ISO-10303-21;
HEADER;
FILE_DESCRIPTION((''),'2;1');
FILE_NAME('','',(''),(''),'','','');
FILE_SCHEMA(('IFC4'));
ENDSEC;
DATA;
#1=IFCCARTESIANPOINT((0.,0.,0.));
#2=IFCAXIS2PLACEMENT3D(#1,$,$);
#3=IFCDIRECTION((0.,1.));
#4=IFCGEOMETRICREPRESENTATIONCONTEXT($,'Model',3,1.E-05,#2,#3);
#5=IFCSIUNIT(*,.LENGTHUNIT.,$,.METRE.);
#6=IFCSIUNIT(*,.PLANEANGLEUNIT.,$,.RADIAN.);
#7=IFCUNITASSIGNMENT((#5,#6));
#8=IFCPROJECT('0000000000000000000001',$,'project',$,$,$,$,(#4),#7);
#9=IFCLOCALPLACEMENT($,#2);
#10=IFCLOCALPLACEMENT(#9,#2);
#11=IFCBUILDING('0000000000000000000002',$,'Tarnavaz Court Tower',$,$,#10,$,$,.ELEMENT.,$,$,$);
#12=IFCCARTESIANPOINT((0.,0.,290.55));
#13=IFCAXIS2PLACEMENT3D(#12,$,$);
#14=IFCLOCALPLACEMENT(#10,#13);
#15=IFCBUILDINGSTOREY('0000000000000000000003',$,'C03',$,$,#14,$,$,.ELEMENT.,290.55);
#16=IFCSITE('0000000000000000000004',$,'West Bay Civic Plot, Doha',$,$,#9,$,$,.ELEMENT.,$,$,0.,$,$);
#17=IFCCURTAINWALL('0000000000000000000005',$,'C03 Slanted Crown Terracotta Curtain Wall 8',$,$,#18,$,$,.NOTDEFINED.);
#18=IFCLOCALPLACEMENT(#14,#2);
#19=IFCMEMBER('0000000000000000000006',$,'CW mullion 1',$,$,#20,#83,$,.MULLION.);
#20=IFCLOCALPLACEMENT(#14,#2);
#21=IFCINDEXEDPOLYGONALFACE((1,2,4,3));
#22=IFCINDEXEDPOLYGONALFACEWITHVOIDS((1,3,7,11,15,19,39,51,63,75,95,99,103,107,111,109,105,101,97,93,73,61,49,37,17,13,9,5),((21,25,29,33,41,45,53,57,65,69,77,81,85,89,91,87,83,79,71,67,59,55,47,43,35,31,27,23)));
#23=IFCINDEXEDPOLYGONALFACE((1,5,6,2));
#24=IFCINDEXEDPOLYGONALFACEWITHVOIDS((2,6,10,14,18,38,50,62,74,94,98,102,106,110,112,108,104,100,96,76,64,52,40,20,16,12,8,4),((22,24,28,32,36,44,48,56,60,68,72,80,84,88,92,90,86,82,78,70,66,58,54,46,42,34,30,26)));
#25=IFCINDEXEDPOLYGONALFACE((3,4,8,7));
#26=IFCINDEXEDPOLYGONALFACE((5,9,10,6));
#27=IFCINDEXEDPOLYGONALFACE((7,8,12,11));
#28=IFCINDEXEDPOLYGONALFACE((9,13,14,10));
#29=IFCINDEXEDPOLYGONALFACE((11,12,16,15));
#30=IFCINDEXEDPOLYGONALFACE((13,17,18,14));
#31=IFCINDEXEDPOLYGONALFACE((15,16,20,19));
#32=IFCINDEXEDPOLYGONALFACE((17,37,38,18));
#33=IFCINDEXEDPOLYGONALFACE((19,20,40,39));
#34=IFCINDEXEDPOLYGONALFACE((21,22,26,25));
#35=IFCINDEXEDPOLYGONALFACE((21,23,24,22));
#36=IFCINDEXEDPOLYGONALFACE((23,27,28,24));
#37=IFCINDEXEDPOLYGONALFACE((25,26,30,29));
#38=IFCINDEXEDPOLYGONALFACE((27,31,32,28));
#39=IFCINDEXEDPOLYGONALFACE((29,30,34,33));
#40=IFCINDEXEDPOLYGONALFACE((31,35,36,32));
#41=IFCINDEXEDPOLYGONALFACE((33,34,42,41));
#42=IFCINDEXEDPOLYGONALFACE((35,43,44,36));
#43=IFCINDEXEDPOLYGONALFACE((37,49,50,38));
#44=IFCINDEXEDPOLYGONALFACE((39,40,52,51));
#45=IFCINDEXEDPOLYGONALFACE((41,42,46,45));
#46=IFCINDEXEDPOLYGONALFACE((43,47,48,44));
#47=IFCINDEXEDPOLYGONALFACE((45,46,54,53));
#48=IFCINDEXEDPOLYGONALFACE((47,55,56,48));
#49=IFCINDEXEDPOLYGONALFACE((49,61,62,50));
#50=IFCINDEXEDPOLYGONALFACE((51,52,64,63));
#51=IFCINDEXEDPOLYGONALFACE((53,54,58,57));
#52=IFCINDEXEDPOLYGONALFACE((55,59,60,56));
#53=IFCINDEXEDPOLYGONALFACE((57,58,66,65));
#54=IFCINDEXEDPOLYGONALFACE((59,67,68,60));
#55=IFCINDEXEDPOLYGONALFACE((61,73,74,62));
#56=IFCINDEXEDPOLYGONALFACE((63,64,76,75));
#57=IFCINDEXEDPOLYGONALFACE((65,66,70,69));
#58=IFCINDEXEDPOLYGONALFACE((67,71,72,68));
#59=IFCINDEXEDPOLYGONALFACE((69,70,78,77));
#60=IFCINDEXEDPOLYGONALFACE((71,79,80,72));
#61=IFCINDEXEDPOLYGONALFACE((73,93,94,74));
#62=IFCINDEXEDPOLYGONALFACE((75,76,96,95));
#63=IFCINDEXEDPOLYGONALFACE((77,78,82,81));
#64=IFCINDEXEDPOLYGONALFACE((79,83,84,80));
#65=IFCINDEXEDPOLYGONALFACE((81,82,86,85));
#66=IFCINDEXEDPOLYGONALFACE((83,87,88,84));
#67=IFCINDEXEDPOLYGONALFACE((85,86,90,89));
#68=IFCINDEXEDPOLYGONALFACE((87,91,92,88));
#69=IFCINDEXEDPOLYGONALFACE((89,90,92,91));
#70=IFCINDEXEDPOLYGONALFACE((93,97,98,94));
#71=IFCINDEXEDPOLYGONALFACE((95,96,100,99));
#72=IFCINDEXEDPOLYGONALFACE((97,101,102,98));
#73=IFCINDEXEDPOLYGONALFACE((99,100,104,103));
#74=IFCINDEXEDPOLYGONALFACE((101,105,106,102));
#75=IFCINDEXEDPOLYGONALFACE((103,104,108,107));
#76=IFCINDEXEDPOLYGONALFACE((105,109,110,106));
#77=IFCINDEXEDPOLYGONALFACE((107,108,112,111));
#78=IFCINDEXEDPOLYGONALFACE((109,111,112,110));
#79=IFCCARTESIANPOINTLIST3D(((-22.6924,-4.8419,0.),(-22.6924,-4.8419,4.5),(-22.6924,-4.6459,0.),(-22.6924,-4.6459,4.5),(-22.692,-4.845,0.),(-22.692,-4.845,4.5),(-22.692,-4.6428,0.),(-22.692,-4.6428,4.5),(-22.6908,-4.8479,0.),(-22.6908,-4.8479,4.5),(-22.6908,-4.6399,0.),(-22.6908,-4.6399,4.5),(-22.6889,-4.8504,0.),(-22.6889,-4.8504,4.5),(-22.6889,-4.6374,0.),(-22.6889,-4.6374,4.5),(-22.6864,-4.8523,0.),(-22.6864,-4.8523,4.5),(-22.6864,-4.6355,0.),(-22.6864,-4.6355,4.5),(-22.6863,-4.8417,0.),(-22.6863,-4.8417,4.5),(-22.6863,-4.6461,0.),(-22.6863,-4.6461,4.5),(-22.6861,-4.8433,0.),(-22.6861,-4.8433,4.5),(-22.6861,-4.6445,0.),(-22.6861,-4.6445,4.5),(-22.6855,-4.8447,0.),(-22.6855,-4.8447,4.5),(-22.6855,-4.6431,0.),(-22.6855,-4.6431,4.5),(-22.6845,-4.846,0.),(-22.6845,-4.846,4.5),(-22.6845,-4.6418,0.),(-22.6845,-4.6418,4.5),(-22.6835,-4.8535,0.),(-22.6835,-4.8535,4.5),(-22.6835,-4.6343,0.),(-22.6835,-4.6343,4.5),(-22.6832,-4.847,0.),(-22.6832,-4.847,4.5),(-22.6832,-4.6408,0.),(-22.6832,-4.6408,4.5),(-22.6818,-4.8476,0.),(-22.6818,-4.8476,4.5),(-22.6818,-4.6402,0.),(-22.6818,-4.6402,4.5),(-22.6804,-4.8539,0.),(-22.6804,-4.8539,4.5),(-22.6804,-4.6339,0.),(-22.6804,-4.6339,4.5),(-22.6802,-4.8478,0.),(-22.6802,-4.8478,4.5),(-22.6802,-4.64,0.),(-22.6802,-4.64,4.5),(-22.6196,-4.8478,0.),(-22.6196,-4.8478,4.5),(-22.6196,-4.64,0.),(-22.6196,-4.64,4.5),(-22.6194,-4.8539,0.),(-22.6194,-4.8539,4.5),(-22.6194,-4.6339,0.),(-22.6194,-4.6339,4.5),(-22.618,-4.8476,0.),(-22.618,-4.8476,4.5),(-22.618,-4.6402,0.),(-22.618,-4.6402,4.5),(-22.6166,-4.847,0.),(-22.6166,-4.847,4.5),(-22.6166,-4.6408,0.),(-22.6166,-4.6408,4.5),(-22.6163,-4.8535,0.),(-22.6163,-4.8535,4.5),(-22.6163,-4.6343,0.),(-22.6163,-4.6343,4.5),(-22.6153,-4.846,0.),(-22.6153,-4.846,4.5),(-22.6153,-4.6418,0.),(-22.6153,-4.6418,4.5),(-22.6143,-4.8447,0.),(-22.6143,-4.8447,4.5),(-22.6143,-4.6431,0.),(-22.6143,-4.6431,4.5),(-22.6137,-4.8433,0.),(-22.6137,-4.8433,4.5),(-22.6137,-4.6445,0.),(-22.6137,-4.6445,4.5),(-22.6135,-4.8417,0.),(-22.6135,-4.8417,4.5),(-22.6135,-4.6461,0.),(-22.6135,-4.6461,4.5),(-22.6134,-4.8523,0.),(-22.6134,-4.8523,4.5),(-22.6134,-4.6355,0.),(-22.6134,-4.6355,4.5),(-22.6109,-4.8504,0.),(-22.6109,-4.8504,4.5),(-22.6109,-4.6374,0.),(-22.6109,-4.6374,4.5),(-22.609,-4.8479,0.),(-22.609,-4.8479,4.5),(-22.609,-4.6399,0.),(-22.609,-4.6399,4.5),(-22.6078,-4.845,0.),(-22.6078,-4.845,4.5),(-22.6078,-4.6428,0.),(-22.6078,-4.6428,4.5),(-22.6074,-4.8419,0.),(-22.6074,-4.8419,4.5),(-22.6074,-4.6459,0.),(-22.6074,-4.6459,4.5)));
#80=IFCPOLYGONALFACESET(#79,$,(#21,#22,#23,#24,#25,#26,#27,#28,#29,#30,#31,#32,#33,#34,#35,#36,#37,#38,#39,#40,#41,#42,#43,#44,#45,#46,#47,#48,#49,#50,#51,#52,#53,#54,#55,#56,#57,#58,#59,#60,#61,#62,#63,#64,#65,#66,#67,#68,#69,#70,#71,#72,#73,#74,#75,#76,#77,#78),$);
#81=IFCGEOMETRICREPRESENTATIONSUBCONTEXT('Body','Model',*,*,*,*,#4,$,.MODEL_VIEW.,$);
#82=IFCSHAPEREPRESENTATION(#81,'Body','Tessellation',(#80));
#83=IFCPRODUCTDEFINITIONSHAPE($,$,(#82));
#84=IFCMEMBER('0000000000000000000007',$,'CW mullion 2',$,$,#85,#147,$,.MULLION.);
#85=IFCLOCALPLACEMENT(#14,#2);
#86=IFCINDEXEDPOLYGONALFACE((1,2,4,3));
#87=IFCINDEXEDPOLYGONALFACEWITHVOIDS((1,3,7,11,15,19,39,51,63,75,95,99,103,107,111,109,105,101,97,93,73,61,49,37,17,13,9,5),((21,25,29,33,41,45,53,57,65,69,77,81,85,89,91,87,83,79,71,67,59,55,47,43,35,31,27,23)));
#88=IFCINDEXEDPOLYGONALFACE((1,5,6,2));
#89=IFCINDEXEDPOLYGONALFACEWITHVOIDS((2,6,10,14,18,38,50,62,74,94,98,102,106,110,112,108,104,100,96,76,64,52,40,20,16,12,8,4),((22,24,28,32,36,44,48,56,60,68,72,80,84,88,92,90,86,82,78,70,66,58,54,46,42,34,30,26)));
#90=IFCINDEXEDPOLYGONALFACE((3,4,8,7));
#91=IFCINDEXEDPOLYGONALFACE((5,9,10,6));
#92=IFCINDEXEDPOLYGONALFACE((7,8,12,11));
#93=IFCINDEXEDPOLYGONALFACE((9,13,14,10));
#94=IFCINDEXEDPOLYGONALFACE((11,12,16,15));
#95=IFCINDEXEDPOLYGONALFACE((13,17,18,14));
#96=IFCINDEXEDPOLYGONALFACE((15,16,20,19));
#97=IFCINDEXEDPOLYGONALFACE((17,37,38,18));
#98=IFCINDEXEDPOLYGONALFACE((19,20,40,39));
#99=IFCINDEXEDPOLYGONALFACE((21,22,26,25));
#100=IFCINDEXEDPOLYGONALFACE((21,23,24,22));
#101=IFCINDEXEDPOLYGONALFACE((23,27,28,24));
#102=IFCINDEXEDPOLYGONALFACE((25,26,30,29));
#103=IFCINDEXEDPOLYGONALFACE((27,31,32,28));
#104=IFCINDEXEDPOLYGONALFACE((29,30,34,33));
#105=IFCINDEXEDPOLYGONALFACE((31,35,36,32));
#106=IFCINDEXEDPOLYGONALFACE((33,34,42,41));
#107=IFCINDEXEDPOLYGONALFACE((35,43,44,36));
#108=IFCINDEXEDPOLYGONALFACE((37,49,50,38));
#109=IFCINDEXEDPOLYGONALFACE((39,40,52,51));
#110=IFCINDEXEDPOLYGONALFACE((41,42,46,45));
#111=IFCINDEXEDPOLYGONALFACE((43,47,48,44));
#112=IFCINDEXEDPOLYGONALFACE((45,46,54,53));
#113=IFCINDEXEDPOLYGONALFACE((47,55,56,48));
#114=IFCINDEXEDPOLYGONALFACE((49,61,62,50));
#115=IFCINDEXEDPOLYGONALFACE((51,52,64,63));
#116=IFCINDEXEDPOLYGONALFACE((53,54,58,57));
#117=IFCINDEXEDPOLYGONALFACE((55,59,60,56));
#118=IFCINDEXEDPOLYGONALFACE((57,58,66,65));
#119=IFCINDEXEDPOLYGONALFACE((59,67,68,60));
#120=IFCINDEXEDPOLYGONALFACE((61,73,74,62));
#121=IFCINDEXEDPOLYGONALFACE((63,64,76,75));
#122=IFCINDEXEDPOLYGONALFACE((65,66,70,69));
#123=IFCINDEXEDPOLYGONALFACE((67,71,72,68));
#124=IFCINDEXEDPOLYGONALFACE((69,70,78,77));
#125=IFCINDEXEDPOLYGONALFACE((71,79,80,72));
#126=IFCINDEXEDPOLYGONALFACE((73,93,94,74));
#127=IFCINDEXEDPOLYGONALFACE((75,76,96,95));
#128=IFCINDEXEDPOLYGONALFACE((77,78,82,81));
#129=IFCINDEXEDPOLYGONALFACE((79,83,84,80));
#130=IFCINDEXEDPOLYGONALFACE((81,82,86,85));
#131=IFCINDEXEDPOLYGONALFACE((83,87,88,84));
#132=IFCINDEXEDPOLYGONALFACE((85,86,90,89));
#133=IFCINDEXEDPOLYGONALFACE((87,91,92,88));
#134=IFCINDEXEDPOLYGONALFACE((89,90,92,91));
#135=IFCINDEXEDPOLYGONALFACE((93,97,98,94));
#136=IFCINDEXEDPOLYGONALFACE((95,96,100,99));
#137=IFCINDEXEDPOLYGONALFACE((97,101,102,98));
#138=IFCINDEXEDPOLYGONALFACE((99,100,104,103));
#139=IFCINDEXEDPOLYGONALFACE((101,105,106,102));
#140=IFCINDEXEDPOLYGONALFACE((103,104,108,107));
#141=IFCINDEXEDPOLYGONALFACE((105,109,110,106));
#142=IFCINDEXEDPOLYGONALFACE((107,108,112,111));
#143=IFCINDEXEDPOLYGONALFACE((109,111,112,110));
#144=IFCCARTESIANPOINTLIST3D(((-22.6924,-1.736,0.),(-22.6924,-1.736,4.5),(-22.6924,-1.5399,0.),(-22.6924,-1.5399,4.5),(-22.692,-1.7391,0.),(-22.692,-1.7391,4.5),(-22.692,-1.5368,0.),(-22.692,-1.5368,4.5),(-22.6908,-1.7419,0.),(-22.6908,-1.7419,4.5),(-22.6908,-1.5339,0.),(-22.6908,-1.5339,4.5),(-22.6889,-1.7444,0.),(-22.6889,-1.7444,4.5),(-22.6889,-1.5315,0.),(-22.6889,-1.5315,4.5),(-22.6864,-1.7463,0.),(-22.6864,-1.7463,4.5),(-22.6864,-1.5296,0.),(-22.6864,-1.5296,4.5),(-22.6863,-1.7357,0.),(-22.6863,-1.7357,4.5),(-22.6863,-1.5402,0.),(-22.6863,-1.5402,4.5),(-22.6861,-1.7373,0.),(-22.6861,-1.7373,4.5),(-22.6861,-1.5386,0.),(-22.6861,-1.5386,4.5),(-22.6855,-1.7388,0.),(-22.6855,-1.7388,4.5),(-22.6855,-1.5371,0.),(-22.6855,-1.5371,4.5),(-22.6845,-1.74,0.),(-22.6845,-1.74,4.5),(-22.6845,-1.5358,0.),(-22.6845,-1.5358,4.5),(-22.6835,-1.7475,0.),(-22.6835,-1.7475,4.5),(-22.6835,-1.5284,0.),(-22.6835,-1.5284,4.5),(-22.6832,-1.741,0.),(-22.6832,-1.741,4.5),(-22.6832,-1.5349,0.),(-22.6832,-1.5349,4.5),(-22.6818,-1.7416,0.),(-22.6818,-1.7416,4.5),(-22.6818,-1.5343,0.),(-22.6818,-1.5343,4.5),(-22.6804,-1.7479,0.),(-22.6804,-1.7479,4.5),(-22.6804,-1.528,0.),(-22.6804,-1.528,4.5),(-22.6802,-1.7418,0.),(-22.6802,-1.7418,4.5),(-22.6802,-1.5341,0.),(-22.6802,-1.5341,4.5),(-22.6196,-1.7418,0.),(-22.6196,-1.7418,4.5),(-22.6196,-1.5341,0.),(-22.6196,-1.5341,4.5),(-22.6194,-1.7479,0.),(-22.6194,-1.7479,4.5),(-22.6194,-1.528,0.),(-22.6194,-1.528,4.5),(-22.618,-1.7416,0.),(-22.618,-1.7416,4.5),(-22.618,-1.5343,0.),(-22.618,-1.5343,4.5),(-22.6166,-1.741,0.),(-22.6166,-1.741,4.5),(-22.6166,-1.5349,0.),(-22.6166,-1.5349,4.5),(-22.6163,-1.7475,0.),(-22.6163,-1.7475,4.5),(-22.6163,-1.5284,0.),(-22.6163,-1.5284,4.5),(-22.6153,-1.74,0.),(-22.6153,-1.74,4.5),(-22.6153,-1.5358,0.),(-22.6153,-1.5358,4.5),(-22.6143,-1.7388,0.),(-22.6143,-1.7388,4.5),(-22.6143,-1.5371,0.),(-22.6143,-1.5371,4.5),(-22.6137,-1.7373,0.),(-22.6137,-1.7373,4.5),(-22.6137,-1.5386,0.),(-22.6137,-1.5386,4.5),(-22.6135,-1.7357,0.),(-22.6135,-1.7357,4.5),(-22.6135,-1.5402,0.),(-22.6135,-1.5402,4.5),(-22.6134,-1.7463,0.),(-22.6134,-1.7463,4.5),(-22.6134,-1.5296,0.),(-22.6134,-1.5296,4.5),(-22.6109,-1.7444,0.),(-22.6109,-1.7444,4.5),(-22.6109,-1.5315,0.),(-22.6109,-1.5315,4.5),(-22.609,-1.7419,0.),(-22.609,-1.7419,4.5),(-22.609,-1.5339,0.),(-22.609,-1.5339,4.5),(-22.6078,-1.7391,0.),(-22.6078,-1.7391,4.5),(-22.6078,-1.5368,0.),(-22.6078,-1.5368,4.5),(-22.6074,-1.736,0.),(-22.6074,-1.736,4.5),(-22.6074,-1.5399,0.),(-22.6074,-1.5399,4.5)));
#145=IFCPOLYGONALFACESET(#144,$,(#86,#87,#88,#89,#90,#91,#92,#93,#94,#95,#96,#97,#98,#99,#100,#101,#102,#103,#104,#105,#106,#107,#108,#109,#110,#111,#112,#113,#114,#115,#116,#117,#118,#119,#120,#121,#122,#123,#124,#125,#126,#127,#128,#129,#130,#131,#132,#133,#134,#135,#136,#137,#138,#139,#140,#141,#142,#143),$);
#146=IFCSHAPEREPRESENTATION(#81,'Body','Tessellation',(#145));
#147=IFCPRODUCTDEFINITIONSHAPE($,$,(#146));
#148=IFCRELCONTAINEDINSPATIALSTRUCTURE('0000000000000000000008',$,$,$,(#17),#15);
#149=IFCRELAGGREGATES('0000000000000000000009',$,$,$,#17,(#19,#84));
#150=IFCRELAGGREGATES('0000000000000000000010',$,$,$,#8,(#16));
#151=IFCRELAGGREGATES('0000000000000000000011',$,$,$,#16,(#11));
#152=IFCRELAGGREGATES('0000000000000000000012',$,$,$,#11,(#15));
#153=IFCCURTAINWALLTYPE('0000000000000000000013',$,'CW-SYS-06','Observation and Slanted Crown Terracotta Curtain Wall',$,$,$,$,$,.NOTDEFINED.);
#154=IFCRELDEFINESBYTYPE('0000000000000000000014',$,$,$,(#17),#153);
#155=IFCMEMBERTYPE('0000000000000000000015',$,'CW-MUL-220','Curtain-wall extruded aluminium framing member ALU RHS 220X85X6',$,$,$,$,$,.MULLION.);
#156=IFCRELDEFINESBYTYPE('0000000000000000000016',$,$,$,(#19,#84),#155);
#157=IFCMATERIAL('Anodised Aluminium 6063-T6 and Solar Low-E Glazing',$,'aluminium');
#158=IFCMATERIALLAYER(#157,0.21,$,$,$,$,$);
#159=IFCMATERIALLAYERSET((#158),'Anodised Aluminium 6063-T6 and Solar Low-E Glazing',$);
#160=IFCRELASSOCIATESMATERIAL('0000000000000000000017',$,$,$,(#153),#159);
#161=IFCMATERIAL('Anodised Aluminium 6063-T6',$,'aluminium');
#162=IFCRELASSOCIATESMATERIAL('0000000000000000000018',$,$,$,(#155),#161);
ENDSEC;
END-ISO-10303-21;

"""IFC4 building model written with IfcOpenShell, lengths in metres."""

from ifc_helpers import new_model, si_unit, direction, frame, origin, origin_2d, place, context, subcontext, project, spatial, hollow_rectangle, extrude, material, layer, layer_set, material_profile, profile_set, type_object, element, aggregate, save


model = new_model("IFC4")

# Units and contexts
model_context = context("Model", 3, precision=1e-05, world=origin(), true_north=direction((0.0, 1.0)))
body_context = subcontext(model_context, "Body", "Model", "MODEL_VIEW")
ifc_project = project(units=[si_unit("LENGTHUNIT", "METRE"), si_unit("PLANEANGLEUNIT", "RADIAN")], contexts=[model_context])

# Site, building, storey
site_placement = place(None, origin())
site = spatial("IfcSite", under=ifc_project, at=site_placement, Name="West Bay Civic Plot, Doha", CompositionType="ELEMENT", RefElevation=0.0)
building_placement = place(site_placement, origin())
building = spatial("IfcBuilding", under=site, at=building_placement, Name="Tarnavaz Court Tower", CompositionType="ELEMENT")
storey_placement = place(building_placement, frame((0.0, 0.0, 290.55)))
storey = spatial("IfcBuildingStorey", under=building, at=storey_placement, Name="C03", CompositionType="ELEMENT", Elevation=290.55)

# Curtain wall, members
ifc_material_1 = material(Name="Anodised Aluminium 6063-T6 and Solar Low-E Glazing", Category="aluminium")
ifc_layer_1 = layer(ifc_material_1, 0.21)
ifc_layer_set_1 = layer_set([ifc_layer_1], Name="Anodised Aluminium 6063-T6 and Solar Low-E Glazing")
curtain_wall_type = type_object("IfcCurtainWallType", Name="CW-SYS-06", Description="Observation and Slanted Crown Terracotta Curtain Wall", PredefinedType="NOTDEFINED", material=ifc_layer_set_1)
ifc_material_2 = material(Name="Anodised Aluminium 6063-T6", Category="aluminium")
ifc_material_profile_1 = material_profile(ifc_material_2, hollow_rectangle(XDim=0.085, YDim=0.22, WallThickness=0.0061, InnerFilletRadius=0.0061, OuterFilletRadius=0.012, at=origin_2d()), Name="ALU RHS 220X85X6")
ifc_profile_set_1 = profile_set([ifc_material_profile_1], Name="Anodised Aluminium 6063-T6")
member_type_1 = type_object("IfcMemberType", Name="CW-MUL-220", Description="Curtain-wall extruded aluminium framing member ALU RHS 220X85X6", PredefinedType="MULLION", material=ifc_profile_set_1)
curtain_wall_1_placement = place(storey_placement, origin())
curtain_wall_1 = element("IfcCurtainWall", 1, at=curtain_wall_1_placement, inside=storey, type_object=curtain_wall_type, Name="C03 Slanted Crown Terracotta Curtain Wall 8", PredefinedType="NOTDEFINED")
member_1_placement = place(storey_placement, frame((-22.6499, -4.7439, 0.0), z_axis=(0.0, 0.0, 1.0), x_axis=(-1.0, 0.0, 0.0)))
member_1 = element("IfcMember", 2, at=member_1_placement, type_object=member_type_1, Name="CW mullion 1", PredefinedType="MULLION", context=body_context, shape_type="SweptSolid", body=[
    extrude(hollow_rectangle(XDim=0.085, YDim=0.22, WallThickness=0.0061, InnerFilletRadius=0.0061, OuterFilletRadius=0.012, at=origin_2d()), origin(), (0.0, 0.0, 1.0), 4.5),
])
member_2_placement = place(storey_placement, frame((-22.6499, -1.6379, 0.0), z_axis=(0.0, 0.0, 1.0), x_axis=(-1.0, 0.0, 0.0)))
member_2 = element("IfcMember", 3, at=member_2_placement, type_object=member_type_1, Name="CW mullion 2", PredefinedType="MULLION", context=body_context, shape_type="SweptSolid", body=[
    extrude(hollow_rectangle(XDim=0.085, YDim=0.22, WallThickness=0.0061, InnerFilletRadius=0.0061, OuterFilletRadius=0.012, at=origin_2d()), origin(), (0.0, 0.0, 1.0), 4.5),
])

aggregate(curtain_wall_1, [member_1, member_2])

save(model, "model.ifc")
